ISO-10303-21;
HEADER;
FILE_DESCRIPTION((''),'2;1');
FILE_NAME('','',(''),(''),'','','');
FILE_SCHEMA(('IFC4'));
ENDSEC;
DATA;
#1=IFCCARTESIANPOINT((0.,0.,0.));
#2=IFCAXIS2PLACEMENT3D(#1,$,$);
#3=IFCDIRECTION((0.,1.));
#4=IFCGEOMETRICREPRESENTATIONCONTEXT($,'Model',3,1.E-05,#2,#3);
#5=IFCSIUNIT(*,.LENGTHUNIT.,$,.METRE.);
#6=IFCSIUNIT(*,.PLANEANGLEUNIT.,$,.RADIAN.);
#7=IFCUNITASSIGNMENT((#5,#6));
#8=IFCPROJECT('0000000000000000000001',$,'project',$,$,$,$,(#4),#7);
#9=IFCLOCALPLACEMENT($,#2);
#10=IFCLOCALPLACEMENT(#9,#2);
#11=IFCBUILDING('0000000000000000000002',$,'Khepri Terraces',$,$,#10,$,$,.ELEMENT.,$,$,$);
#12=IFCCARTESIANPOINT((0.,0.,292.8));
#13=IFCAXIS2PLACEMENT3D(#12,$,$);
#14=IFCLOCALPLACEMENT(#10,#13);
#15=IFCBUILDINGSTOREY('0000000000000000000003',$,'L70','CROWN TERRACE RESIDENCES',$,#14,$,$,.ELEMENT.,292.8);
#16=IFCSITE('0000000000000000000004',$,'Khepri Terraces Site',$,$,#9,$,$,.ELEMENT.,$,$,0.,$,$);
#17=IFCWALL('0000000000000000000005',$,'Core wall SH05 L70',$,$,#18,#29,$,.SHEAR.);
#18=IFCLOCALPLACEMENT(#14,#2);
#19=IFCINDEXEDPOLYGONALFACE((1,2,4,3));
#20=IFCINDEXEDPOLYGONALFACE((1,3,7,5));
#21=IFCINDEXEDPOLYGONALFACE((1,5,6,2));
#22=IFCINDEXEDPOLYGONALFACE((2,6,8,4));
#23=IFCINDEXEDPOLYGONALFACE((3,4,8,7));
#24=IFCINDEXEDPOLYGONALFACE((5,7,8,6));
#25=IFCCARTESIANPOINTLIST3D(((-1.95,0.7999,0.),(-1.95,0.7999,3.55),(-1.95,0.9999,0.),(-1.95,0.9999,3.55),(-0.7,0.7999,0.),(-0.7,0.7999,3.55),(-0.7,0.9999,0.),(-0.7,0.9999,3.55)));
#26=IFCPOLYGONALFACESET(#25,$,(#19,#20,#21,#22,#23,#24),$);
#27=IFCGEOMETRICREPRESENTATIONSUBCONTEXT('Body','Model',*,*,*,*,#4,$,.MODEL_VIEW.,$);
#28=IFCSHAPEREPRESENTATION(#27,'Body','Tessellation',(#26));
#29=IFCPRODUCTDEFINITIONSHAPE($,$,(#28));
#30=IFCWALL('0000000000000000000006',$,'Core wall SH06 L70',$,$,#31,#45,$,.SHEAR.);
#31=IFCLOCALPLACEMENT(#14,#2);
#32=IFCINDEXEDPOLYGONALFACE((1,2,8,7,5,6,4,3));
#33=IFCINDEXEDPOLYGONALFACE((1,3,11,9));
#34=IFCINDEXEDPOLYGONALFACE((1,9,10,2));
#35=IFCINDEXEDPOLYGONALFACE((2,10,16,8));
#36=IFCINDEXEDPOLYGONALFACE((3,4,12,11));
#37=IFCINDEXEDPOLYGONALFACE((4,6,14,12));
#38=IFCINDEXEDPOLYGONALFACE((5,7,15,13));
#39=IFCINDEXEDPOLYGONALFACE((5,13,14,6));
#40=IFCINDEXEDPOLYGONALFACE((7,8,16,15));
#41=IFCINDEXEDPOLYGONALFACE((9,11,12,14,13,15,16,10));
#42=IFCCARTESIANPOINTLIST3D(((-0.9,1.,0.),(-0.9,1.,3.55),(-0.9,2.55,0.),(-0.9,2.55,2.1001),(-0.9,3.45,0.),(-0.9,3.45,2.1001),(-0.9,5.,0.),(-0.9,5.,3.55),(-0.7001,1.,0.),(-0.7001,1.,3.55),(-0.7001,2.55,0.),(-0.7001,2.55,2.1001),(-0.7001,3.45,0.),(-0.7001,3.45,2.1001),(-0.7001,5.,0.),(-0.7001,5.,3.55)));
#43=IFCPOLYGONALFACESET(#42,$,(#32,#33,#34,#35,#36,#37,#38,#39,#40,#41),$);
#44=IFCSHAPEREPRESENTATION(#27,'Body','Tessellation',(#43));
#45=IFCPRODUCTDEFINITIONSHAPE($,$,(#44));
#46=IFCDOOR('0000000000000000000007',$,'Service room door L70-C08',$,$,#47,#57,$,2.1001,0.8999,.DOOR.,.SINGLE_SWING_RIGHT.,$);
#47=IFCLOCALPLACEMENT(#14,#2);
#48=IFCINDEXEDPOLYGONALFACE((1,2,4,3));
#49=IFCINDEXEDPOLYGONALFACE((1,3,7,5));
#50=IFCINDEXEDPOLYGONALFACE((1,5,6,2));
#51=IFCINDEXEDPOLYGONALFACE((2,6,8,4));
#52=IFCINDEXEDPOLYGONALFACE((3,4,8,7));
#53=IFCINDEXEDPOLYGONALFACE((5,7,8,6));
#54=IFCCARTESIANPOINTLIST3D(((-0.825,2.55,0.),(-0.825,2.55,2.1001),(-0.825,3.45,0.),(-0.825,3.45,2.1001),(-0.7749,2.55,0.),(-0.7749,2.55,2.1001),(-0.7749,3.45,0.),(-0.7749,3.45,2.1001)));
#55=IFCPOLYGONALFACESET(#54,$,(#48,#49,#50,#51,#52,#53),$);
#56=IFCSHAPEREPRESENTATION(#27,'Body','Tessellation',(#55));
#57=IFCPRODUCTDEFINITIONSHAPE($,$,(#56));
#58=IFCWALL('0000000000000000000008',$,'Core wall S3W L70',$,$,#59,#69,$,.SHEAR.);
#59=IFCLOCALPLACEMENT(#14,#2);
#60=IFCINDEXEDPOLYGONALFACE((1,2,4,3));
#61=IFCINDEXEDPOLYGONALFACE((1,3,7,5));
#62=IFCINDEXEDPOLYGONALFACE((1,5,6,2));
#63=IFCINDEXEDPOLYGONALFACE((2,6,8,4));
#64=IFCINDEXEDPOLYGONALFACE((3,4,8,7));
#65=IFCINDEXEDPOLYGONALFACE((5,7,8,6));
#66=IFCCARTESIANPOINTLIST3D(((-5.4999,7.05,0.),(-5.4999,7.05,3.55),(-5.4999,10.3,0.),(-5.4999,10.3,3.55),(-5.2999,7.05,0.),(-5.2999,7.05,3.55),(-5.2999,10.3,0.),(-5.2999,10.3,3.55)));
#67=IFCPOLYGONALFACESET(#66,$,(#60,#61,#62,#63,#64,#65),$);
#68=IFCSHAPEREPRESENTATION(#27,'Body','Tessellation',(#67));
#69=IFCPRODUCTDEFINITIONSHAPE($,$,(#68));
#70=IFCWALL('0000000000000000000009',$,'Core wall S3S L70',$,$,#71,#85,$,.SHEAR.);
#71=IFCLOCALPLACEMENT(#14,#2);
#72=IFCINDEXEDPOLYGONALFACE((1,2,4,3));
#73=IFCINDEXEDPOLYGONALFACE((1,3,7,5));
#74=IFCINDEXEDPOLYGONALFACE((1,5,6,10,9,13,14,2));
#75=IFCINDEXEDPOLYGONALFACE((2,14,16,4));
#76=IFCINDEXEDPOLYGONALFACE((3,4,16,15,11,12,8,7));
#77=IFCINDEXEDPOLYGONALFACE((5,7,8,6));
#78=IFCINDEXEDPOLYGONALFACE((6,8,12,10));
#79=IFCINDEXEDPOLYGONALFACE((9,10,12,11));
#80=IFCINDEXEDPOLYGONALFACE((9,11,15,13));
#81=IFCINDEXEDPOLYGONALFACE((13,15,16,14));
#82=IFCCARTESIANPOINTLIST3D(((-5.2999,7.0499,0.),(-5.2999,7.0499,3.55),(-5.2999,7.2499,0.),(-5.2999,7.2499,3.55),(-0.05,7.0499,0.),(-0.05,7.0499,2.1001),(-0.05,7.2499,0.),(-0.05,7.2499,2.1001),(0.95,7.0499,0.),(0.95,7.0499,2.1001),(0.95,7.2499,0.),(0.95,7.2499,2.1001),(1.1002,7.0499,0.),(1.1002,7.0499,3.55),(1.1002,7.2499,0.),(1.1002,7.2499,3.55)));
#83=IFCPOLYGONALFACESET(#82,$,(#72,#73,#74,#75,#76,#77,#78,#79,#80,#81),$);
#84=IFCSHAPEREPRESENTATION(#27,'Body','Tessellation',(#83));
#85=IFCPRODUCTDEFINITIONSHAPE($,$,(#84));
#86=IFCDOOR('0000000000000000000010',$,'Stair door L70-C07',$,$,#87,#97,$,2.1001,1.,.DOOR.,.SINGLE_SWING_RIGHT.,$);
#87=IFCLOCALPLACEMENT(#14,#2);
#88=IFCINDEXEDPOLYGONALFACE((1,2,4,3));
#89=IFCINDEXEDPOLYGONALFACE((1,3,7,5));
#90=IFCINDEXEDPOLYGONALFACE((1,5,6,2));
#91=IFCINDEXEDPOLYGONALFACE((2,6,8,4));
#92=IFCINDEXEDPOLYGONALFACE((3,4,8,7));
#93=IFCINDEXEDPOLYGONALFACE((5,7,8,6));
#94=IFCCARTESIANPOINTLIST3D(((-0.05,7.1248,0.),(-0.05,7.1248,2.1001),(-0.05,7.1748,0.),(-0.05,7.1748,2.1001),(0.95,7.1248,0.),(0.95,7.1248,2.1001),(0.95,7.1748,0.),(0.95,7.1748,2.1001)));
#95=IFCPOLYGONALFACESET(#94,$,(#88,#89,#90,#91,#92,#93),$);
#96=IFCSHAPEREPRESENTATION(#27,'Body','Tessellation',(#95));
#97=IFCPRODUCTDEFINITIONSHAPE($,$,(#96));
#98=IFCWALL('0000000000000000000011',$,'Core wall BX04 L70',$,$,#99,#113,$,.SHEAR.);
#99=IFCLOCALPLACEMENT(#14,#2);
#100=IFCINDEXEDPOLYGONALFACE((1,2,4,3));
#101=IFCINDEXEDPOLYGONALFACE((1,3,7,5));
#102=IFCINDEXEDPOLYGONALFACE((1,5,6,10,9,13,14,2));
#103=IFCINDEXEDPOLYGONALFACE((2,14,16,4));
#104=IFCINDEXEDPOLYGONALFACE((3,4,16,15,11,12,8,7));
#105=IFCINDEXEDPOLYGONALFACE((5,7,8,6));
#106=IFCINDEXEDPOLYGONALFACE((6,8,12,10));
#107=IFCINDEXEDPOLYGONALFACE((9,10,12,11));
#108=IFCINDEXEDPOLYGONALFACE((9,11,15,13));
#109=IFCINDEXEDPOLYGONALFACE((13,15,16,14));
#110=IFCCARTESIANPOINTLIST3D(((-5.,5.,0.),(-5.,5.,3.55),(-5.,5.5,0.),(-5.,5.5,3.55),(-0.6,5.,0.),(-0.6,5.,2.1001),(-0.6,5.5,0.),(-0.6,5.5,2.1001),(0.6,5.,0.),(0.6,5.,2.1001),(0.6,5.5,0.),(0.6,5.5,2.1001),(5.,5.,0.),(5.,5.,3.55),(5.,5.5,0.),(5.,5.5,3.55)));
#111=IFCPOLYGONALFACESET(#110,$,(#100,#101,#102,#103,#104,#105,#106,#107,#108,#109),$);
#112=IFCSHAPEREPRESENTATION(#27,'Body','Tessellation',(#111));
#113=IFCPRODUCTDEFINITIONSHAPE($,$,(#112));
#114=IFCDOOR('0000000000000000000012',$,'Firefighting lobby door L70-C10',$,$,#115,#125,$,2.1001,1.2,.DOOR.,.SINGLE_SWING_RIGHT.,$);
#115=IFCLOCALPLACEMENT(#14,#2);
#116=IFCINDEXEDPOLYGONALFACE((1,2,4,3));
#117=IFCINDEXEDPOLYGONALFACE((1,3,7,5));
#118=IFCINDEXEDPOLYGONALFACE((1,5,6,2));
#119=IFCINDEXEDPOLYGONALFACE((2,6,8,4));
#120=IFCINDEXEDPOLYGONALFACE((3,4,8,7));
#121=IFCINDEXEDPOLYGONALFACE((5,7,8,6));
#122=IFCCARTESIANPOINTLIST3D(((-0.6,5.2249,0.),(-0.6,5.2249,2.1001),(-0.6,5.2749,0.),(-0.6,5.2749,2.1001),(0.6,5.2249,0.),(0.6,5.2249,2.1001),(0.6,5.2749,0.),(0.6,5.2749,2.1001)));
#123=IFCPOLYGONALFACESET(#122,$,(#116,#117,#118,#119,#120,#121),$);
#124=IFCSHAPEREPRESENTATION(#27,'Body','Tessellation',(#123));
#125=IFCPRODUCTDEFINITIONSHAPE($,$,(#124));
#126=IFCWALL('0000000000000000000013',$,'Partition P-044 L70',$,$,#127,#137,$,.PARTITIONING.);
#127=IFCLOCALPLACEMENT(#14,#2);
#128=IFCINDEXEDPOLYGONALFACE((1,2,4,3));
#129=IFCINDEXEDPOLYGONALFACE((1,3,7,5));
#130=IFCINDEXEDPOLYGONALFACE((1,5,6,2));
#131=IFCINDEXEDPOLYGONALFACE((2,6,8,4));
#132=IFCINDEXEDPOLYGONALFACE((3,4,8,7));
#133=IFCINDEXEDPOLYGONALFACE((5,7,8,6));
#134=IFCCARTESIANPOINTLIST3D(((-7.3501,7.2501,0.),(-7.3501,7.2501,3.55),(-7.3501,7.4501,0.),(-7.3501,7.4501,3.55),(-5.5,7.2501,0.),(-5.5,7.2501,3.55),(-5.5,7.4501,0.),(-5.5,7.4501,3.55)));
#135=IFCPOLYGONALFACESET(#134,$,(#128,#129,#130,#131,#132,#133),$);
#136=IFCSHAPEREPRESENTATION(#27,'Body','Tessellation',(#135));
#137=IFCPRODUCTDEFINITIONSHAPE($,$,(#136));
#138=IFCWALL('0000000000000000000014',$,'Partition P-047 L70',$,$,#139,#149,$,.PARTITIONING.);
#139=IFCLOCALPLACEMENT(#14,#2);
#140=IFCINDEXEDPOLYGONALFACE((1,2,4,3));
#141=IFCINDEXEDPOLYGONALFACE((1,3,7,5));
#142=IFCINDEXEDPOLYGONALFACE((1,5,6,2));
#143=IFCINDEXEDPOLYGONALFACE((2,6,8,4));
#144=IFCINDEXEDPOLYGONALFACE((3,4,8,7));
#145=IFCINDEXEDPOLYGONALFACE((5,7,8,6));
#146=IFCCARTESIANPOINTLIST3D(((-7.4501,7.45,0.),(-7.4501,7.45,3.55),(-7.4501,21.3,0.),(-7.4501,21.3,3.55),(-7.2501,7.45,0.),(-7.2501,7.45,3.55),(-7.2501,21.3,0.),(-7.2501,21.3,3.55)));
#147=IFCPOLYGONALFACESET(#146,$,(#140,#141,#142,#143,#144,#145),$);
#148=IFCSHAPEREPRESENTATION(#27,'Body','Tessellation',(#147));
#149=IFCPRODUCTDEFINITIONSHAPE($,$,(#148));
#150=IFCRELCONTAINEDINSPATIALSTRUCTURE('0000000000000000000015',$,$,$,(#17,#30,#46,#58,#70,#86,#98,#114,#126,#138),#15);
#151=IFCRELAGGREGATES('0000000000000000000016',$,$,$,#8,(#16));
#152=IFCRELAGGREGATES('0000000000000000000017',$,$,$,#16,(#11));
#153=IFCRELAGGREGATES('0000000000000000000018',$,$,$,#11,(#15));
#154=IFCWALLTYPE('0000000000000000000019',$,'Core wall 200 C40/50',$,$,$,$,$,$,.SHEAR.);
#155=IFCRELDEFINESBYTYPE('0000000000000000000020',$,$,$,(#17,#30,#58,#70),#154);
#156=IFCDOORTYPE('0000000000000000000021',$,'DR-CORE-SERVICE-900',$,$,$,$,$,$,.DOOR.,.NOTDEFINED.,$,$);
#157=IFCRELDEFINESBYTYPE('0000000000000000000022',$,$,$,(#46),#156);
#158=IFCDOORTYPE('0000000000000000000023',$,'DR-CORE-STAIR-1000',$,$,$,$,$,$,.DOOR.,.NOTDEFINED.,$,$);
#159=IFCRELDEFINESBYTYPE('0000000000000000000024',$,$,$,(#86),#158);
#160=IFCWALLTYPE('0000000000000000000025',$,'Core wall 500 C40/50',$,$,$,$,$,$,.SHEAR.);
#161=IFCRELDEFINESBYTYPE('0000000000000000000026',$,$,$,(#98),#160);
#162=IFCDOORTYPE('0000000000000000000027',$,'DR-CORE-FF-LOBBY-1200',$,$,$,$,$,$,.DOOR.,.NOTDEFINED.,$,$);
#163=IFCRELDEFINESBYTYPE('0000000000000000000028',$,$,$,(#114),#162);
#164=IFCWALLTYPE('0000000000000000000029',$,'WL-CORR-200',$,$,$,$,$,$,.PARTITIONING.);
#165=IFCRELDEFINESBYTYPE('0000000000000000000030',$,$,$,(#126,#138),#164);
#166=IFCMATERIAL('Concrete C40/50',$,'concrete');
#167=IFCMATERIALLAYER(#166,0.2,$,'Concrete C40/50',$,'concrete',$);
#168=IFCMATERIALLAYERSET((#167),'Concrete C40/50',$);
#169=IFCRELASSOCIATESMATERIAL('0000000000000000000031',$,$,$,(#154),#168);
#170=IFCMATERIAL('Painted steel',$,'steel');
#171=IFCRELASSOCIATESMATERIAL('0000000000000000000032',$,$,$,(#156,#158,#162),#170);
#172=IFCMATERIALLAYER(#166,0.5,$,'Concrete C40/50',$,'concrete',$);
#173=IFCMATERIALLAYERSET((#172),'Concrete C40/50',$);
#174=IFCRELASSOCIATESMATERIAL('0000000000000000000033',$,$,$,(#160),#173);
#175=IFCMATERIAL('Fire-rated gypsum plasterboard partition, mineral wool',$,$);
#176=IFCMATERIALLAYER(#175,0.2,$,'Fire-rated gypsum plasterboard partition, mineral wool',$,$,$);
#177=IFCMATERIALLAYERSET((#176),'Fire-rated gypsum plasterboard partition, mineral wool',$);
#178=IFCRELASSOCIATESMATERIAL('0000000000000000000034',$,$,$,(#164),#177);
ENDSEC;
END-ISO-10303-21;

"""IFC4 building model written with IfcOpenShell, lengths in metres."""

from ifc_helpers import new_model, si_unit, direction, frame, frame_2d, origin, place, context, subcontext, project, spatial, rectangle, extrude, material, layer, layer_set, type_object, element, fill, save


model = new_model("IFC4")

# Units and contexts
model_context = context("Model", 3, precision=1e-05, world=origin(), true_north=direction((0.0, 1.0)))
body_context = subcontext(model_context, "Body", "Model", "MODEL_VIEW")
ifc_project = project(units=[si_unit("LENGTHUNIT", "METRE"), si_unit("PLANEANGLEUNIT", "RADIAN")], contexts=[model_context])

# Site, building, storey
site_placement = place(None, origin())
site = spatial("IfcSite", under=ifc_project, at=site_placement, Name="Khepri Terraces Site", CompositionType="ELEMENT", RefElevation=0.0)
building_placement = place(site_placement, origin())
building = spatial("IfcBuilding", under=site, at=building_placement, Name="Khepri Terraces", CompositionType="ELEMENT")
storey_placement = place(building_placement, frame((0.0, 0.0, 292.8)))
storey = spatial("IfcBuildingStorey", under=building, at=storey_placement, Name="L70", Description="CROWN TERRACE RESIDENCES", CompositionType="ELEMENT", Elevation=292.8)

# Wall
ifc_material_1 = material(Name="Concrete C40/50", Category="concrete")
ifc_layer_1 = layer(ifc_material_1, 0.2, Name="Concrete C40/50", Category="concrete")
ifc_layer_set_1 = layer_set([ifc_layer_1], Name="Concrete C40/50")
wall_type_1 = type_object("IfcWallType", Name="Core wall 200 C40/50", PredefinedType="SHEAR", material=ifc_layer_set_1)
wall_1_placement = place(storey_placement, frame((-1.95, 0.8999, 0.0), z_axis=(0.0, 0.0, 1.0), x_axis=(1.0, 0.0, 0.0)))
element("IfcWall", 1, at=wall_1_placement, inside=storey, type_object=wall_type_1, Name="Core wall SH05 L70", PredefinedType="SHEAR", context=body_context, shape_type="SweptSolid", body=[
    extrude(rectangle(XDim=1.25, YDim=0.2, at=frame_2d((0.625, 0.0))), origin(), (0.0, 0.0, 1.0), 3.55),
])

# Wall, opening, door
wall_2_placement = place(storey_placement, frame((-0.8, 1.0, 0.0), z_axis=(0.0, 0.0, 1.0), x_axis=(0.0, 1.0, 0.0)))
wall_2 = element("IfcWall", 2, at=wall_2_placement, inside=storey, type_object=wall_type_1, Name="Core wall SH06 L70", PredefinedType="SHEAR", context=body_context, shape_type="SweptSolid", body=[
    extrude(rectangle(XDim=4.0, YDim=0.2, at=frame_2d((2.0, 0.0))), origin(), (0.0, 0.0, 1.0), 3.55),
])
opening_1_placement = place(wall_2_placement, frame((1.55, 0.0, 0.0)))
opening_1 = element("IfcOpeningElement", 3, at=opening_1_placement, cuts=wall_2, PredefinedType="OPENING", context=body_context, shape_type="SweptSolid", body=[
    extrude(rectangle(XDim=0.8999, YDim=2.1001, at=frame_2d((0.45, 1.05))), frame((0.0, 0.1099, 0.0), z_axis=(0.0, -1.0, 0.0), x_axis=(1.0, 0.0, 0.0)), (0.0, 0.0, 1.0), 0.22),
])
ifc_material_2 = material(Name="Painted steel", Category="steel")
door_type_1 = type_object("IfcDoorType", Name="DR-CORE-SERVICE-900", OperationType="NOTDEFINED", PredefinedType="DOOR", material=ifc_material_2)
door_1_placement = place(opening_1_placement, origin())
door_1 = element("IfcDoor", 4, at=door_1_placement, inside=storey, type_object=door_type_1, Name="Service room door L70-C08", OperationType="SINGLE_SWING_RIGHT", OverallHeight=2.1001, OverallWidth=0.8999, PredefinedType="DOOR", context=body_context, shape_type="SweptSolid", body=[
    extrude(rectangle(XDim=0.8999, YDim=2.1001, at=frame_2d((0.45, 1.05))), frame((0.0, 0.0249, 0.0), z_axis=(0.0, -1.0, 0.0), x_axis=(1.0, 0.0, 0.0)), (0.0, 0.0, 1.0), 0.05),
])
fill(opening_1, door_1)

# Wall
wall_3_placement = place(storey_placement, frame((-5.3999, 7.05, 0.0), z_axis=(0.0, 0.0, 1.0), x_axis=(0.0, 1.0, 0.0)))
element("IfcWall", 5, at=wall_3_placement, inside=storey, type_object=wall_type_1, Name="Core wall S3W L70", PredefinedType="SHEAR", context=body_context, shape_type="SweptSolid", body=[
    extrude(rectangle(XDim=3.25, YDim=0.2, at=frame_2d((1.625, 0.0))), origin(), (0.0, 0.0, 1.0), 3.55),
])

# Walls, openings, doors
wall_4_placement = place(storey_placement, frame((-5.3, 7.1499, 0.0), z_axis=(0.0, 0.0, 1.0), x_axis=(1.0, 0.0, 0.0)))
wall_4 = element("IfcWall", 6, at=wall_4_placement, inside=storey, type_object=wall_type_1, Name="Core wall S3S L70", PredefinedType="SHEAR", context=body_context, shape_type="SweptSolid", body=[
    extrude(rectangle(XDim=6.4001, YDim=0.2, at=frame_2d((3.2002, 0.0))), origin(), (0.0, 0.0, 1.0), 3.55),
])
opening_2_placement = place(wall_4_placement, frame((5.25, 0.0, 0.0)))
opening_2 = element("IfcOpeningElement", 7, at=opening_2_placement, cuts=wall_4, PredefinedType="OPENING", context=body_context, shape_type="SweptSolid", body=[
    extrude(rectangle(XDim=1.0, YDim=2.1001, at=frame_2d((0.5, 1.05))), frame((0.0, 0.1099, 0.0), z_axis=(0.0, -1.0, 0.0), x_axis=(1.0, 0.0, 0.0)), (0.0, 0.0, 1.0), 0.22),
])
door_type_2 = type_object("IfcDoorType", Name="DR-CORE-STAIR-1000", OperationType="NOTDEFINED", PredefinedType="DOOR", material=ifc_material_2)
door_2_placement = place(opening_2_placement, origin())
door_2 = element("IfcDoor", 8, at=door_2_placement, inside=storey, type_object=door_type_2, Name="Stair door L70-C07", OperationType="SINGLE_SWING_RIGHT", OverallHeight=2.1001, OverallWidth=1.0, PredefinedType="DOOR", context=body_context, shape_type="SweptSolid", body=[
    extrude(rectangle(XDim=1.0, YDim=2.1001, at=frame_2d((0.5, 1.05))), frame((0.0, 0.0249, 0.0), z_axis=(0.0, -1.0, 0.0), x_axis=(1.0, 0.0, 0.0)), (0.0, 0.0, 1.0), 0.05),
])
fill(opening_2, door_2)
ifc_layer_2 = layer(ifc_material_1, 0.5, Name="Concrete C40/50", Category="concrete")
ifc_layer_set_2 = layer_set([ifc_layer_2], Name="Concrete C40/50")
wall_type_2 = type_object("IfcWallType", Name="Core wall 500 C40/50", PredefinedType="SHEAR", material=ifc_layer_set_2)
wall_5_placement = place(storey_placement, frame((-5.0, 5.25, 0.0), z_axis=(0.0, 0.0, 1.0), x_axis=(1.0, 0.0, 0.0)))
wall_5 = element("IfcWall", 9, at=wall_5_placement, inside=storey, type_object=wall_type_2, Name="Core wall BX04 L70", PredefinedType="SHEAR", context=body_context, shape_type="SweptSolid", body=[
    extrude(rectangle(XDim=10.0, YDim=0.5, at=frame_2d((5.0, 0.0))), origin(), (0.0, 0.0, 1.0), 3.55),
])
opening_3_placement = place(wall_5_placement, frame((4.3999, 0.0, 0.0)))
opening_3 = element("IfcOpeningElement", 10, at=opening_3_placement, cuts=wall_5, PredefinedType="OPENING", context=body_context, shape_type="SweptSolid", body=[
    extrude(rectangle(XDim=1.2, YDim=2.1001, at=frame_2d((0.6001, 1.05))), frame((0.0, 0.26, 0.0), z_axis=(0.0, -1.0, 0.0), x_axis=(1.0, 0.0, 0.0)), (0.0, 0.0, 1.0), 0.52),
])
door_type_3 = type_object("IfcDoorType", Name="DR-CORE-FF-LOBBY-1200", OperationType="NOTDEFINED", PredefinedType="DOOR", material=ifc_material_2)
door_3_placement = place(opening_3_placement, origin())
door_3 = element("IfcDoor", 11, at=door_3_placement, inside=storey, type_object=door_type_3, Name="Firefighting lobby door L70-C10", OperationType="SINGLE_SWING_RIGHT", OverallHeight=2.1001, OverallWidth=1.2, PredefinedType="DOOR", context=body_context, shape_type="SweptSolid", body=[
    extrude(rectangle(XDim=1.2, YDim=2.1001, at=frame_2d((0.6001, 1.05))), frame((0.0, 0.0249, 0.0), z_axis=(0.0, -1.0, 0.0), x_axis=(1.0, 0.0, 0.0)), (0.0, 0.0, 1.0), 0.05),
])
fill(opening_3, door_3)

# Walls
ifc_material_3 = material(Name="Fire-rated gypsum plasterboard partition, mineral wool")
ifc_layer_3 = layer(ifc_material_3, 0.2, Name="Fire-rated gypsum plasterboard partition, mineral wool")
ifc_layer_set_3 = layer_set([ifc_layer_3], Name="Fire-rated gypsum plasterboard partition, mineral wool")
wall_type_3 = type_object("IfcWallType", Name="WL-CORR-200", PredefinedType="PARTITIONING", material=ifc_layer_set_3)
wall_6_placement = place(storey_placement, frame((-7.3501, 7.3501, 0.0), z_axis=(0.0, 0.0, 1.0), x_axis=(1.0, 0.0, 0.0)))
element("IfcWall", 12, at=wall_6_placement, inside=storey, type_object=wall_type_3, Name="Partition P-044 L70", PredefinedType="PARTITIONING", context=body_context, shape_type="SweptSolid", body=[
    extrude(rectangle(XDim=1.8501, YDim=0.2, at=frame_2d((0.925, 0.0))), origin(), (0.0, 0.0, 1.0), 3.55),
])
wall_7_placement = place(storey_placement, frame((-7.3501, 7.45, 0.0), z_axis=(0.0, 0.0, 1.0), x_axis=(0.0, 1.0, 0.0)))
element("IfcWall", 13, at=wall_7_placement, inside=storey, type_object=wall_type_3, Name="Partition P-047 L70", PredefinedType="PARTITIONING", context=body_context, shape_type="SweptSolid", body=[
    extrude(rectangle(XDim=13.8501, YDim=0.2, at=frame_2d((6.925, 0.0))), origin(), (0.0, 0.0, 1.0), 3.55),
])

save(model, "model.ifc")
